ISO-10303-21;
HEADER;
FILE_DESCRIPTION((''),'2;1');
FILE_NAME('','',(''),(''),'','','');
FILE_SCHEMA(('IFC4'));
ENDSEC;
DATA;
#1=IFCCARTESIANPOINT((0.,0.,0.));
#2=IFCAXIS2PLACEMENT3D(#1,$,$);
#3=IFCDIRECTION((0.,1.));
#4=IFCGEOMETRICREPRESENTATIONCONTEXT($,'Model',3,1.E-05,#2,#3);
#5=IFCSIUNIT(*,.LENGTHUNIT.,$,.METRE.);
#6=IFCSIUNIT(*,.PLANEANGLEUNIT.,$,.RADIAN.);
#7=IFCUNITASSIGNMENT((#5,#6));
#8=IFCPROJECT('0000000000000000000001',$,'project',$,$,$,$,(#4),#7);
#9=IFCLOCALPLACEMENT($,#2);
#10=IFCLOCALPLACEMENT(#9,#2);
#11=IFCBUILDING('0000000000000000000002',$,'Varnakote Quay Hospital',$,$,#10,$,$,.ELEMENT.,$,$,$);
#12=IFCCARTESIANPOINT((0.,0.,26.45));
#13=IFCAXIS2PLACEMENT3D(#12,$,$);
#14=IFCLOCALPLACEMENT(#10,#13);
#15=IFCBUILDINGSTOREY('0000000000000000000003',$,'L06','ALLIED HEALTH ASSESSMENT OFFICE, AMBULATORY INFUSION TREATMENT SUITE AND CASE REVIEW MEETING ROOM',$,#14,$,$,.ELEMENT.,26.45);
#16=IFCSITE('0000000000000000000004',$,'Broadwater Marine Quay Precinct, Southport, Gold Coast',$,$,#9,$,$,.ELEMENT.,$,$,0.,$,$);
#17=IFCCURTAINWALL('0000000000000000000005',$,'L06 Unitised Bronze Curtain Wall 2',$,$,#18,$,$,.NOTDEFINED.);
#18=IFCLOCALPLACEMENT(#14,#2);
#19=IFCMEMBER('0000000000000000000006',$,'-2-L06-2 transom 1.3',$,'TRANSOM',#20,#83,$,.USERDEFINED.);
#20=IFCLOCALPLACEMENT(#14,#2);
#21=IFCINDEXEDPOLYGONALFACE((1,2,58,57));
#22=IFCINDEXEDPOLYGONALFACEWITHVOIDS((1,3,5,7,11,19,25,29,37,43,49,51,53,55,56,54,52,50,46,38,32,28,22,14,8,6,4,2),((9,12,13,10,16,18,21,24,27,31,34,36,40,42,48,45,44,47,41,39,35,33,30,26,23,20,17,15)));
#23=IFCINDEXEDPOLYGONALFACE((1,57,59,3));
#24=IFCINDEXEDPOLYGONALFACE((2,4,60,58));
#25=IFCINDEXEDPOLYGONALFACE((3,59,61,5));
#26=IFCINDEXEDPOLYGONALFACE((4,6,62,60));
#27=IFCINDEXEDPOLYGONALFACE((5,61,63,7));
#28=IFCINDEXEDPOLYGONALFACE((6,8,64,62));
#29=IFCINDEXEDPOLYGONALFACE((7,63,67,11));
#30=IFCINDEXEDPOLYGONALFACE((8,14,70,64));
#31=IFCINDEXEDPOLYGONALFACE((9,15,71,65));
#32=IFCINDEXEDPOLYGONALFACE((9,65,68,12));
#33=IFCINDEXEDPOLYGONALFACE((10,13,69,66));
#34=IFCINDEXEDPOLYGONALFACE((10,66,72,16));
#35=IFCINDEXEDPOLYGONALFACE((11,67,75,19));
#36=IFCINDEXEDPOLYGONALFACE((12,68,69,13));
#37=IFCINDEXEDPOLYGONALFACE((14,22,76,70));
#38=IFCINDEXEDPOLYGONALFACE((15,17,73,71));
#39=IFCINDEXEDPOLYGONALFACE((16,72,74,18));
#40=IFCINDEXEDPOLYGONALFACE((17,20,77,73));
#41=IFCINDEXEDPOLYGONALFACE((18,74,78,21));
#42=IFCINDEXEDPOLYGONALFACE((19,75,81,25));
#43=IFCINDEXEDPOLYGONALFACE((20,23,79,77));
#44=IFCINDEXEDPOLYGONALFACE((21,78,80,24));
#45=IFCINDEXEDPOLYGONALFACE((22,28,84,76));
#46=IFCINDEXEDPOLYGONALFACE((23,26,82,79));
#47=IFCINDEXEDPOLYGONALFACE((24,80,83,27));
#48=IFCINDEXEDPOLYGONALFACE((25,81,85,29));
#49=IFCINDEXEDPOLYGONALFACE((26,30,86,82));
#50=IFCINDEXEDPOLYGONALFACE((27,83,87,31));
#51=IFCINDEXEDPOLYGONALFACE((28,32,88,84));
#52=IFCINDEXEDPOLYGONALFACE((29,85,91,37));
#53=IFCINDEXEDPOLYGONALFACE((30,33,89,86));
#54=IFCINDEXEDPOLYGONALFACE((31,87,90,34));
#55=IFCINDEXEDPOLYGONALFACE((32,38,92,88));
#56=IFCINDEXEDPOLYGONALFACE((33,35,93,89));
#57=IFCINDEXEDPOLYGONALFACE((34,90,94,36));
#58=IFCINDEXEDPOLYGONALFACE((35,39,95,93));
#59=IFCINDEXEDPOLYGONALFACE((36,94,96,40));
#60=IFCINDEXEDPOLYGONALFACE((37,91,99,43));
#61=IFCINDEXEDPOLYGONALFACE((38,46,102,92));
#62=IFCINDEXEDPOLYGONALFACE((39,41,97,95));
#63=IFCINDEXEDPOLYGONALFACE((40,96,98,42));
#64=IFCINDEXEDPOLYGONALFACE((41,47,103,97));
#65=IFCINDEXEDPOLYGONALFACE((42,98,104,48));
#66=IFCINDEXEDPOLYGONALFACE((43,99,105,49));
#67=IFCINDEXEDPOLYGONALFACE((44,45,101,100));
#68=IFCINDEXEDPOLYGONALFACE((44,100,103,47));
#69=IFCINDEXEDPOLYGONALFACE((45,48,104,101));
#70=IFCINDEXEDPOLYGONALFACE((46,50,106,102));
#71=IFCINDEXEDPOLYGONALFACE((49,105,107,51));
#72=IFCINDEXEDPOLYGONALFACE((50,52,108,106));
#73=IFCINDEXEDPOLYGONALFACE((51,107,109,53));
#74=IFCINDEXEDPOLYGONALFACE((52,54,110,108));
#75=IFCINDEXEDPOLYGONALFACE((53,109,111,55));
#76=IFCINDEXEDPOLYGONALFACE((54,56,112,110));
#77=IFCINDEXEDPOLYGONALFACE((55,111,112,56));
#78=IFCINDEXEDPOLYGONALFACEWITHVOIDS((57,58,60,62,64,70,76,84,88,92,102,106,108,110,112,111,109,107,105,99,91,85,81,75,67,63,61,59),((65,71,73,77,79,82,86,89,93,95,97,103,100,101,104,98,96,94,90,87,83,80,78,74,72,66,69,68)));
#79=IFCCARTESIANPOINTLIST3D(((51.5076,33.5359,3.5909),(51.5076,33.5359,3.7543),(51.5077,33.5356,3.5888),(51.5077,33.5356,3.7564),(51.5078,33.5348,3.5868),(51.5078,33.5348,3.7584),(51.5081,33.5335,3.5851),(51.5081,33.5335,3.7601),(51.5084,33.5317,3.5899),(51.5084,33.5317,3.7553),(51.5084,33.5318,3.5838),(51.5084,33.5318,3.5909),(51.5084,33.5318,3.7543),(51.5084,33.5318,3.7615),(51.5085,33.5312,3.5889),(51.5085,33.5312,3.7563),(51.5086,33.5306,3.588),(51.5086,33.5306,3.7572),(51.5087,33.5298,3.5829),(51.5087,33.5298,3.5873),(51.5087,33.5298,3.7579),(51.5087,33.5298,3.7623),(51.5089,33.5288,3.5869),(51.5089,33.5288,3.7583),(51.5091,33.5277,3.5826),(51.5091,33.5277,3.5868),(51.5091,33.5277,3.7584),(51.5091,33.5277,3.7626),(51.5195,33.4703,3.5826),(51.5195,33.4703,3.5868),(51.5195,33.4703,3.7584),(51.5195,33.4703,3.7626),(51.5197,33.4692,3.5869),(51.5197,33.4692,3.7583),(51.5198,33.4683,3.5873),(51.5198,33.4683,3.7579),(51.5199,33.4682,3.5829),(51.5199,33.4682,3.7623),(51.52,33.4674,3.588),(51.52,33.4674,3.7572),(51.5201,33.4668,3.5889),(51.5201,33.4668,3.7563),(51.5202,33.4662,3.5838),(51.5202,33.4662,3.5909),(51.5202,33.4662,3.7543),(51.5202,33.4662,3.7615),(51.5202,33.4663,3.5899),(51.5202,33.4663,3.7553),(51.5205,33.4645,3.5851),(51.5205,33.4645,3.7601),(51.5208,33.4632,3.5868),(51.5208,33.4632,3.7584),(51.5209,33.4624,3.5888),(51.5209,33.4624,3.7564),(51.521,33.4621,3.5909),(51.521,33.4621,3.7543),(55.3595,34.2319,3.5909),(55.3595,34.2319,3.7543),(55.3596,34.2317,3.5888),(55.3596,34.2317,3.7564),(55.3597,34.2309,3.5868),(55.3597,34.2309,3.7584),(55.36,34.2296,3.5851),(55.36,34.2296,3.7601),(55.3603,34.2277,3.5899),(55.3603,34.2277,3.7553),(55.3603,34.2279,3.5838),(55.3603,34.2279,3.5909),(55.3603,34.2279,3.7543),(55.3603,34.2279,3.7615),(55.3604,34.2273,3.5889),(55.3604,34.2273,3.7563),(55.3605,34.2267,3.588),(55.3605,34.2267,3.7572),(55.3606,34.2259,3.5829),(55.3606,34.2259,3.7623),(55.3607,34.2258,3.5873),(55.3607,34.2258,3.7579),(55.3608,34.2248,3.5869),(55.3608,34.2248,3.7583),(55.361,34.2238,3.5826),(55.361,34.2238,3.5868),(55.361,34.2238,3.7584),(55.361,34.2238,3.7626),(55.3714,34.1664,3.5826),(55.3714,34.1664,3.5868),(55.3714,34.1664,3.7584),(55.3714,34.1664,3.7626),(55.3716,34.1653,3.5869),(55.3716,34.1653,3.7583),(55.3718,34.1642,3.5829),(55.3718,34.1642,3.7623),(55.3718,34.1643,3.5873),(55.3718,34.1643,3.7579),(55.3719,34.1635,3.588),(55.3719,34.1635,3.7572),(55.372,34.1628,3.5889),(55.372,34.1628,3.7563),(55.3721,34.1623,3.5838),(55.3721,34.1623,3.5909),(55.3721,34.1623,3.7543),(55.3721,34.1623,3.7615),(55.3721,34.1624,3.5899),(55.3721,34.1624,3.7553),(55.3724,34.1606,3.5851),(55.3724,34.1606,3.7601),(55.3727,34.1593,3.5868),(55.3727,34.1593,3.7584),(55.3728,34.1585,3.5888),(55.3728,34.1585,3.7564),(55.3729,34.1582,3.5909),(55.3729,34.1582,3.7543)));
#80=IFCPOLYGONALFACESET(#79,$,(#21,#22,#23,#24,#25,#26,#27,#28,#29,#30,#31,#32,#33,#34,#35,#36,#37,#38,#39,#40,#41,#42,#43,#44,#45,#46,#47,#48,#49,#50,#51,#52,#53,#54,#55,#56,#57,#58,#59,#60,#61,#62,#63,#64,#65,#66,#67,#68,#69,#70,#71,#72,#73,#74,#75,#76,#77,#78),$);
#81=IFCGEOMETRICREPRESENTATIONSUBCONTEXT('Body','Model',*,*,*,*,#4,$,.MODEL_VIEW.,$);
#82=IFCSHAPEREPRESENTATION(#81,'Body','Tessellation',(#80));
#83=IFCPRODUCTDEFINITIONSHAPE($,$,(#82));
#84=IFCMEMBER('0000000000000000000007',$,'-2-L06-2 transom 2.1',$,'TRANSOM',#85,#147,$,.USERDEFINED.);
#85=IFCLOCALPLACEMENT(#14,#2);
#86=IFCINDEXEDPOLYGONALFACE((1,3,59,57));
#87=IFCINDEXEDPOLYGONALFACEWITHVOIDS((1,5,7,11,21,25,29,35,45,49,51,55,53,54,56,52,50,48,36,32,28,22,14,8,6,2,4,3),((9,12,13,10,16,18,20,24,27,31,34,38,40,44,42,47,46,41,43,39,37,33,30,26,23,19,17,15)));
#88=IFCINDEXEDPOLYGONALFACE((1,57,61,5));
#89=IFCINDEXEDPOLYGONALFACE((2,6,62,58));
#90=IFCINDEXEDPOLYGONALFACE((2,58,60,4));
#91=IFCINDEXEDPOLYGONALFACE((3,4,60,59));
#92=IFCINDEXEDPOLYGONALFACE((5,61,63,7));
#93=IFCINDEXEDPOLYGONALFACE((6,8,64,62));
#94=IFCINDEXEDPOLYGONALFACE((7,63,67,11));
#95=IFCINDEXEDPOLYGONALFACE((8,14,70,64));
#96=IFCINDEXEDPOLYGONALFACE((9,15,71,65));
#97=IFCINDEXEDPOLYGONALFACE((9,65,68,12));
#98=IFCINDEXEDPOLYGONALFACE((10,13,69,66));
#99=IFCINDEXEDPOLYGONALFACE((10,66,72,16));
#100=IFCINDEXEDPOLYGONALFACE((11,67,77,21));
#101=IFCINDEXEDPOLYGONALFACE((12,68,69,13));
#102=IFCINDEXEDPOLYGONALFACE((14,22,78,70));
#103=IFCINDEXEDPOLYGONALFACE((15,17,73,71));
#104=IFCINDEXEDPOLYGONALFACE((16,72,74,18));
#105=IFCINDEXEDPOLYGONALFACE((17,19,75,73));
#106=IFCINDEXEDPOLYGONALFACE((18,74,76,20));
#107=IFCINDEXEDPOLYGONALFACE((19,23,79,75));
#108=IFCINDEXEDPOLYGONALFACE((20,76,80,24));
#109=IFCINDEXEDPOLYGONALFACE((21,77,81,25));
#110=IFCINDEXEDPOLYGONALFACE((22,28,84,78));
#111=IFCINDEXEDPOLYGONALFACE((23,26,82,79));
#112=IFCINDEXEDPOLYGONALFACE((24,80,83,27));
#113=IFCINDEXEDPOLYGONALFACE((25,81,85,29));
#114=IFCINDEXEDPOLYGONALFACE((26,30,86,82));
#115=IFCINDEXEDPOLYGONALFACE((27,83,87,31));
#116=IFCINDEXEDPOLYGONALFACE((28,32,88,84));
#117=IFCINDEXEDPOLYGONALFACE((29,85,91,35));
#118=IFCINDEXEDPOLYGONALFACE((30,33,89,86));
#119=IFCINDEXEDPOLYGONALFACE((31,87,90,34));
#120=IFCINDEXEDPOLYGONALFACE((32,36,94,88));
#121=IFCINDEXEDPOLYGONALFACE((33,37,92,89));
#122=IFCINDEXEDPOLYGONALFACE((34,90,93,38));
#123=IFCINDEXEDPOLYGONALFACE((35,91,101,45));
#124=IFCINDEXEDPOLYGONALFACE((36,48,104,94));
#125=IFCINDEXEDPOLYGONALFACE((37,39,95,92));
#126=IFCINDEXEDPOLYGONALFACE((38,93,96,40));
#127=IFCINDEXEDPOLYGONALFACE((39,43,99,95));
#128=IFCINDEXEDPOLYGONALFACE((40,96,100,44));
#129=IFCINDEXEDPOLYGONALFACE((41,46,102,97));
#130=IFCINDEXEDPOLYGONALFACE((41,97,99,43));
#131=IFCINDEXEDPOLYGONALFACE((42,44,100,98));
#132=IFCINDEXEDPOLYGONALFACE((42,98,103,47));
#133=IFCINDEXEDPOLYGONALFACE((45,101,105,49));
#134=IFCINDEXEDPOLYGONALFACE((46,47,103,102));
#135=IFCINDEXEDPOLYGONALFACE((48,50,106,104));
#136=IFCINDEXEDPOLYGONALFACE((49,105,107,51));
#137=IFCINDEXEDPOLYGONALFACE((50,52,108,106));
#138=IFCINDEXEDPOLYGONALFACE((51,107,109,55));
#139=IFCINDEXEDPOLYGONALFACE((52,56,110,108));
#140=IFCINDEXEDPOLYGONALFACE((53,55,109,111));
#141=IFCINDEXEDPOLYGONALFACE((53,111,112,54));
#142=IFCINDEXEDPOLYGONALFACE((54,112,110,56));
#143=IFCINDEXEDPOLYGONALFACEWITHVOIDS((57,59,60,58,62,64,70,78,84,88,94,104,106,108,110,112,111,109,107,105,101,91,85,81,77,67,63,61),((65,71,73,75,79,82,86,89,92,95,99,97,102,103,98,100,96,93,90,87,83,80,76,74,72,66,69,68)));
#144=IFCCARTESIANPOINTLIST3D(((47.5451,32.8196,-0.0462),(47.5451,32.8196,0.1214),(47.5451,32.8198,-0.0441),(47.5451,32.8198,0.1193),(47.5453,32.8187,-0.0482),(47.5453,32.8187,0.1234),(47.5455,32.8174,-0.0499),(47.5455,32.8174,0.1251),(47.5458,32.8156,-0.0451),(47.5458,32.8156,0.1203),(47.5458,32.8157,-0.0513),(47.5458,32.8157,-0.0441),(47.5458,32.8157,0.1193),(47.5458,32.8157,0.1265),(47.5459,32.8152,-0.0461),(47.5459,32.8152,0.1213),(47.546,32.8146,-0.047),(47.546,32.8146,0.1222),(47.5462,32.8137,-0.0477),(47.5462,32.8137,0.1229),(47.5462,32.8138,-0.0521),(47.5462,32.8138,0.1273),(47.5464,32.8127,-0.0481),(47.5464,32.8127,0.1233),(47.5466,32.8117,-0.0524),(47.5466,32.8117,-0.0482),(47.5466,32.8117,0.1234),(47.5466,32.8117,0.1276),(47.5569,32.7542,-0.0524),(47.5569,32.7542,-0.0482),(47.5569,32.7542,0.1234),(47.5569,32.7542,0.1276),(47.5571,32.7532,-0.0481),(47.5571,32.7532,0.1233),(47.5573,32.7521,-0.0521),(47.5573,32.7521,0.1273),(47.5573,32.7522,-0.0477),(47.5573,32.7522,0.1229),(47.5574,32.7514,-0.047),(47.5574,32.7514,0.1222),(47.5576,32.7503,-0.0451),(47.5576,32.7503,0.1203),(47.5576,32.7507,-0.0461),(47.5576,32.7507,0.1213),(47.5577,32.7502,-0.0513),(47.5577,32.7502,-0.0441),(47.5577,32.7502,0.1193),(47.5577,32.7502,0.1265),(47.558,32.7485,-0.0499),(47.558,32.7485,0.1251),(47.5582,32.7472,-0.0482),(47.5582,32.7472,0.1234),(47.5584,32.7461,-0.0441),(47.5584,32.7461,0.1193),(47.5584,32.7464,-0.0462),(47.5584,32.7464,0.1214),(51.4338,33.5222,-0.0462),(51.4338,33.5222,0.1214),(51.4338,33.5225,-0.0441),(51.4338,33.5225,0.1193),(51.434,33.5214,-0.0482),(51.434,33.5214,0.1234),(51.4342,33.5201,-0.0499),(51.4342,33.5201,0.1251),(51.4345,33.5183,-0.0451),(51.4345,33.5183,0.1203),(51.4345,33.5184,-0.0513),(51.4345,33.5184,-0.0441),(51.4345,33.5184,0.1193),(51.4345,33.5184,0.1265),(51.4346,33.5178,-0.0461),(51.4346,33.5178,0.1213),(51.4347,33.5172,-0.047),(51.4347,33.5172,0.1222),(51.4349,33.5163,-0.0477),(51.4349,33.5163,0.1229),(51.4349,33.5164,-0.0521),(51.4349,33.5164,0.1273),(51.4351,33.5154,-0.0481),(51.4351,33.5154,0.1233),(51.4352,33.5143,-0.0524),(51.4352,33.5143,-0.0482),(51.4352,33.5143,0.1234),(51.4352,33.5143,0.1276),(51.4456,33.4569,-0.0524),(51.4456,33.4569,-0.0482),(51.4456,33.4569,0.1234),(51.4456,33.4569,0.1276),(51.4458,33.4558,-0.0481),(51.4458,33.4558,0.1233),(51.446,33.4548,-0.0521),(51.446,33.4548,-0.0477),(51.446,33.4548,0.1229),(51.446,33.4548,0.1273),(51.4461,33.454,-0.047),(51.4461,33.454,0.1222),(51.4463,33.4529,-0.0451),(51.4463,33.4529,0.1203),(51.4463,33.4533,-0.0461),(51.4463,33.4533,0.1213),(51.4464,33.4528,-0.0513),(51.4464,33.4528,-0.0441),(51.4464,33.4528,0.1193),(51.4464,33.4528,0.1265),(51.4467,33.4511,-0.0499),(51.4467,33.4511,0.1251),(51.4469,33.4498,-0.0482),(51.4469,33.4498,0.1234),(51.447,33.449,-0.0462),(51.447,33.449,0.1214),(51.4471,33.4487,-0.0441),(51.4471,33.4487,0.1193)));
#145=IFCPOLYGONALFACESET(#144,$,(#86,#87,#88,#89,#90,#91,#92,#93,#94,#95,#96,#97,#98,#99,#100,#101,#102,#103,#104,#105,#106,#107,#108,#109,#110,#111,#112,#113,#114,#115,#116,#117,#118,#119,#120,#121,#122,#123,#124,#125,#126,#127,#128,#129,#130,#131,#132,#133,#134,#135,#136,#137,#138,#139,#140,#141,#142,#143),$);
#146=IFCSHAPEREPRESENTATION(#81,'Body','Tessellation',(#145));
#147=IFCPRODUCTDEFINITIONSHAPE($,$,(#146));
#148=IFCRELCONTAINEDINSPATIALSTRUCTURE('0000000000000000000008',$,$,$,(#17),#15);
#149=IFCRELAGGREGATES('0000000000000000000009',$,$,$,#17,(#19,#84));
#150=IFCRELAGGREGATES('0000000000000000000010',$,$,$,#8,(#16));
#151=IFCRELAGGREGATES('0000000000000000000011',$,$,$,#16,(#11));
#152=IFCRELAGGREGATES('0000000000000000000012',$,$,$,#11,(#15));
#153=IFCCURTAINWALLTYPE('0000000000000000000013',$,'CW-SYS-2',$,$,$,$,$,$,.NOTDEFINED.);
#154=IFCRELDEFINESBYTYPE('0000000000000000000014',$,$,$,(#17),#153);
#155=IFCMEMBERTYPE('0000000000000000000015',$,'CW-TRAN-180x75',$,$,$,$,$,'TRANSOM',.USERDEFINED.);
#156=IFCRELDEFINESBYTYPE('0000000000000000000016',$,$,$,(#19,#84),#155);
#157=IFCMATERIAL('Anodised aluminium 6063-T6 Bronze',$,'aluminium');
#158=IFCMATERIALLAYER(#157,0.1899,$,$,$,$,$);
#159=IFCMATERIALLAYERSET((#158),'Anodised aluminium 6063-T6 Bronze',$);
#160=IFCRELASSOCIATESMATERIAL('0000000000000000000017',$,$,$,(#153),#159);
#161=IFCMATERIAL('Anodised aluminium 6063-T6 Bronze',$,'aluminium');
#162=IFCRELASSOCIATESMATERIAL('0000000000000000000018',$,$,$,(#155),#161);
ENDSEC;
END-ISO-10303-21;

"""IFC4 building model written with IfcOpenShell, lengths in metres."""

from ifc_helpers import new_model, si_unit, direction, frame, origin, origin_2d, place, context, subcontext, project, spatial, hollow_rectangle, extrude, material, layer, layer_set, material_profile, profile_set, type_object, element, aggregate, save


model = new_model("IFC4")

# Units and contexts
model_context = context("Model", 3, precision=1e-05, world=origin(), true_north=direction((0.0, 1.0)))
body_context = subcontext(model_context, "Body", "Model", "MODEL_VIEW")
ifc_project = project(units=[si_unit("LENGTHUNIT", "METRE"), si_unit("PLANEANGLEUNIT", "RADIAN")], contexts=[model_context])

# Site, building, storey
site_placement = place(None, origin())
site = spatial("IfcSite", under=ifc_project, at=site_placement, Name="Broadwater Marine Quay Precinct, Southport, Gold Coast", CompositionType="ELEMENT", RefElevation=0.0)
building_placement = place(site_placement, origin())
building = spatial("IfcBuilding", under=site, at=building_placement, Name="Varnakote Quay Hospital", CompositionType="ELEMENT")
storey_placement = place(building_placement, frame((0.0, 0.0, 26.45)))
storey = spatial("IfcBuildingStorey", under=building, at=storey_placement, Name="L06", Description="ALLIED HEALTH ASSESSMENT OFFICE, AMBULATORY INFUSION TREATMENT SUITE AND CASE REVIEW MEETING ROOM", CompositionType="ELEMENT", Elevation=26.45)

# Shared definitions
ifc_material_1 = material(Name="Anodised aluminium 6063-T6 Bronze", Category="aluminium")
ifc_layer_1 = layer(ifc_material_1, 0.1899)
ifc_layer_set_1 = layer_set([ifc_layer_1], Name="Anodised aluminium 6063-T6 Bronze")
curtain_wall_type = type_object("IfcCurtainWallType", Name="CW-SYS-2", PredefinedType="NOTDEFINED", material=ifc_layer_set_1)

# Curtain wall
curtain_wall_1_placement = place(storey_placement, origin())
curtain_wall_1 = element("IfcCurtainWall", 1, at=curtain_wall_1_placement, inside=storey, type_object=curtain_wall_type, Name="L06 Unitised Bronze Curtain Wall 2", PredefinedType="NOTDEFINED")

# Members
ifc_material_2 = material(Name="Anodised aluminium 6063-T6 Bronze", Category="aluminium")
ifc_material_profile_1 = material_profile(ifc_material_2, hollow_rectangle(XDim=0.075, YDim=0.1799, WallThickness=0.0042, InnerFilletRadius=0.0042, OuterFilletRadius=0.0083, at=origin_2d()), Name="CW-TRAN-180x75")
ifc_profile_set_1 = profile_set([ifc_material_profile_1], Name="Anodised aluminium 6063-T6 Bronze")
member_type_1 = type_object("IfcMemberType", Name="CW-TRAN-180x75", ElementType="TRANSOM", PredefinedType="USERDEFINED", material=ifc_profile_set_1)
member_1_placement = place(storey_placement, frame((55.3662, 34.1951, 3.6726), z_axis=(-0.984062, -0.177826, 0.0), x_axis=(0.177826, -0.984062, 0.0)))
member_1 = element("IfcMember", 2, at=member_1_placement, type_object=member_type_1, Name="-2-L06-2 transom 1.3", ObjectType="TRANSOM", PredefinedType="USERDEFINED", context=body_context, shape_type="SweptSolid", body=[
    extrude(hollow_rectangle(XDim=0.075, YDim=0.1799, WallThickness=0.0042, InnerFilletRadius=0.0042, OuterFilletRadius=0.0083, at=origin_2d()), origin(), (0.0, 0.0, 1.0), 3.9143),
])
member_2_placement = place(storey_placement, frame((51.4404, 33.4856, 0.0376), z_axis=(-0.984065, -0.177809, 0.0), x_axis=(0.177809, -0.984065, 0.0)))
member_2 = element("IfcMember", 3, at=member_2_placement, type_object=member_type_1, Name="-2-L06-2 transom 2.1", ObjectType="TRANSOM", PredefinedType="USERDEFINED", context=body_context, shape_type="SweptSolid", body=[
    extrude(hollow_rectangle(XDim=0.075, YDim=0.1799, WallThickness=0.0042, InnerFilletRadius=0.0042, OuterFilletRadius=0.0083, at=origin_2d()), origin(), (0.0, 0.0, 1.0), 3.9517),
])

aggregate(curtain_wall_1, [member_1, member_2])

save(model, "model.ifc")
